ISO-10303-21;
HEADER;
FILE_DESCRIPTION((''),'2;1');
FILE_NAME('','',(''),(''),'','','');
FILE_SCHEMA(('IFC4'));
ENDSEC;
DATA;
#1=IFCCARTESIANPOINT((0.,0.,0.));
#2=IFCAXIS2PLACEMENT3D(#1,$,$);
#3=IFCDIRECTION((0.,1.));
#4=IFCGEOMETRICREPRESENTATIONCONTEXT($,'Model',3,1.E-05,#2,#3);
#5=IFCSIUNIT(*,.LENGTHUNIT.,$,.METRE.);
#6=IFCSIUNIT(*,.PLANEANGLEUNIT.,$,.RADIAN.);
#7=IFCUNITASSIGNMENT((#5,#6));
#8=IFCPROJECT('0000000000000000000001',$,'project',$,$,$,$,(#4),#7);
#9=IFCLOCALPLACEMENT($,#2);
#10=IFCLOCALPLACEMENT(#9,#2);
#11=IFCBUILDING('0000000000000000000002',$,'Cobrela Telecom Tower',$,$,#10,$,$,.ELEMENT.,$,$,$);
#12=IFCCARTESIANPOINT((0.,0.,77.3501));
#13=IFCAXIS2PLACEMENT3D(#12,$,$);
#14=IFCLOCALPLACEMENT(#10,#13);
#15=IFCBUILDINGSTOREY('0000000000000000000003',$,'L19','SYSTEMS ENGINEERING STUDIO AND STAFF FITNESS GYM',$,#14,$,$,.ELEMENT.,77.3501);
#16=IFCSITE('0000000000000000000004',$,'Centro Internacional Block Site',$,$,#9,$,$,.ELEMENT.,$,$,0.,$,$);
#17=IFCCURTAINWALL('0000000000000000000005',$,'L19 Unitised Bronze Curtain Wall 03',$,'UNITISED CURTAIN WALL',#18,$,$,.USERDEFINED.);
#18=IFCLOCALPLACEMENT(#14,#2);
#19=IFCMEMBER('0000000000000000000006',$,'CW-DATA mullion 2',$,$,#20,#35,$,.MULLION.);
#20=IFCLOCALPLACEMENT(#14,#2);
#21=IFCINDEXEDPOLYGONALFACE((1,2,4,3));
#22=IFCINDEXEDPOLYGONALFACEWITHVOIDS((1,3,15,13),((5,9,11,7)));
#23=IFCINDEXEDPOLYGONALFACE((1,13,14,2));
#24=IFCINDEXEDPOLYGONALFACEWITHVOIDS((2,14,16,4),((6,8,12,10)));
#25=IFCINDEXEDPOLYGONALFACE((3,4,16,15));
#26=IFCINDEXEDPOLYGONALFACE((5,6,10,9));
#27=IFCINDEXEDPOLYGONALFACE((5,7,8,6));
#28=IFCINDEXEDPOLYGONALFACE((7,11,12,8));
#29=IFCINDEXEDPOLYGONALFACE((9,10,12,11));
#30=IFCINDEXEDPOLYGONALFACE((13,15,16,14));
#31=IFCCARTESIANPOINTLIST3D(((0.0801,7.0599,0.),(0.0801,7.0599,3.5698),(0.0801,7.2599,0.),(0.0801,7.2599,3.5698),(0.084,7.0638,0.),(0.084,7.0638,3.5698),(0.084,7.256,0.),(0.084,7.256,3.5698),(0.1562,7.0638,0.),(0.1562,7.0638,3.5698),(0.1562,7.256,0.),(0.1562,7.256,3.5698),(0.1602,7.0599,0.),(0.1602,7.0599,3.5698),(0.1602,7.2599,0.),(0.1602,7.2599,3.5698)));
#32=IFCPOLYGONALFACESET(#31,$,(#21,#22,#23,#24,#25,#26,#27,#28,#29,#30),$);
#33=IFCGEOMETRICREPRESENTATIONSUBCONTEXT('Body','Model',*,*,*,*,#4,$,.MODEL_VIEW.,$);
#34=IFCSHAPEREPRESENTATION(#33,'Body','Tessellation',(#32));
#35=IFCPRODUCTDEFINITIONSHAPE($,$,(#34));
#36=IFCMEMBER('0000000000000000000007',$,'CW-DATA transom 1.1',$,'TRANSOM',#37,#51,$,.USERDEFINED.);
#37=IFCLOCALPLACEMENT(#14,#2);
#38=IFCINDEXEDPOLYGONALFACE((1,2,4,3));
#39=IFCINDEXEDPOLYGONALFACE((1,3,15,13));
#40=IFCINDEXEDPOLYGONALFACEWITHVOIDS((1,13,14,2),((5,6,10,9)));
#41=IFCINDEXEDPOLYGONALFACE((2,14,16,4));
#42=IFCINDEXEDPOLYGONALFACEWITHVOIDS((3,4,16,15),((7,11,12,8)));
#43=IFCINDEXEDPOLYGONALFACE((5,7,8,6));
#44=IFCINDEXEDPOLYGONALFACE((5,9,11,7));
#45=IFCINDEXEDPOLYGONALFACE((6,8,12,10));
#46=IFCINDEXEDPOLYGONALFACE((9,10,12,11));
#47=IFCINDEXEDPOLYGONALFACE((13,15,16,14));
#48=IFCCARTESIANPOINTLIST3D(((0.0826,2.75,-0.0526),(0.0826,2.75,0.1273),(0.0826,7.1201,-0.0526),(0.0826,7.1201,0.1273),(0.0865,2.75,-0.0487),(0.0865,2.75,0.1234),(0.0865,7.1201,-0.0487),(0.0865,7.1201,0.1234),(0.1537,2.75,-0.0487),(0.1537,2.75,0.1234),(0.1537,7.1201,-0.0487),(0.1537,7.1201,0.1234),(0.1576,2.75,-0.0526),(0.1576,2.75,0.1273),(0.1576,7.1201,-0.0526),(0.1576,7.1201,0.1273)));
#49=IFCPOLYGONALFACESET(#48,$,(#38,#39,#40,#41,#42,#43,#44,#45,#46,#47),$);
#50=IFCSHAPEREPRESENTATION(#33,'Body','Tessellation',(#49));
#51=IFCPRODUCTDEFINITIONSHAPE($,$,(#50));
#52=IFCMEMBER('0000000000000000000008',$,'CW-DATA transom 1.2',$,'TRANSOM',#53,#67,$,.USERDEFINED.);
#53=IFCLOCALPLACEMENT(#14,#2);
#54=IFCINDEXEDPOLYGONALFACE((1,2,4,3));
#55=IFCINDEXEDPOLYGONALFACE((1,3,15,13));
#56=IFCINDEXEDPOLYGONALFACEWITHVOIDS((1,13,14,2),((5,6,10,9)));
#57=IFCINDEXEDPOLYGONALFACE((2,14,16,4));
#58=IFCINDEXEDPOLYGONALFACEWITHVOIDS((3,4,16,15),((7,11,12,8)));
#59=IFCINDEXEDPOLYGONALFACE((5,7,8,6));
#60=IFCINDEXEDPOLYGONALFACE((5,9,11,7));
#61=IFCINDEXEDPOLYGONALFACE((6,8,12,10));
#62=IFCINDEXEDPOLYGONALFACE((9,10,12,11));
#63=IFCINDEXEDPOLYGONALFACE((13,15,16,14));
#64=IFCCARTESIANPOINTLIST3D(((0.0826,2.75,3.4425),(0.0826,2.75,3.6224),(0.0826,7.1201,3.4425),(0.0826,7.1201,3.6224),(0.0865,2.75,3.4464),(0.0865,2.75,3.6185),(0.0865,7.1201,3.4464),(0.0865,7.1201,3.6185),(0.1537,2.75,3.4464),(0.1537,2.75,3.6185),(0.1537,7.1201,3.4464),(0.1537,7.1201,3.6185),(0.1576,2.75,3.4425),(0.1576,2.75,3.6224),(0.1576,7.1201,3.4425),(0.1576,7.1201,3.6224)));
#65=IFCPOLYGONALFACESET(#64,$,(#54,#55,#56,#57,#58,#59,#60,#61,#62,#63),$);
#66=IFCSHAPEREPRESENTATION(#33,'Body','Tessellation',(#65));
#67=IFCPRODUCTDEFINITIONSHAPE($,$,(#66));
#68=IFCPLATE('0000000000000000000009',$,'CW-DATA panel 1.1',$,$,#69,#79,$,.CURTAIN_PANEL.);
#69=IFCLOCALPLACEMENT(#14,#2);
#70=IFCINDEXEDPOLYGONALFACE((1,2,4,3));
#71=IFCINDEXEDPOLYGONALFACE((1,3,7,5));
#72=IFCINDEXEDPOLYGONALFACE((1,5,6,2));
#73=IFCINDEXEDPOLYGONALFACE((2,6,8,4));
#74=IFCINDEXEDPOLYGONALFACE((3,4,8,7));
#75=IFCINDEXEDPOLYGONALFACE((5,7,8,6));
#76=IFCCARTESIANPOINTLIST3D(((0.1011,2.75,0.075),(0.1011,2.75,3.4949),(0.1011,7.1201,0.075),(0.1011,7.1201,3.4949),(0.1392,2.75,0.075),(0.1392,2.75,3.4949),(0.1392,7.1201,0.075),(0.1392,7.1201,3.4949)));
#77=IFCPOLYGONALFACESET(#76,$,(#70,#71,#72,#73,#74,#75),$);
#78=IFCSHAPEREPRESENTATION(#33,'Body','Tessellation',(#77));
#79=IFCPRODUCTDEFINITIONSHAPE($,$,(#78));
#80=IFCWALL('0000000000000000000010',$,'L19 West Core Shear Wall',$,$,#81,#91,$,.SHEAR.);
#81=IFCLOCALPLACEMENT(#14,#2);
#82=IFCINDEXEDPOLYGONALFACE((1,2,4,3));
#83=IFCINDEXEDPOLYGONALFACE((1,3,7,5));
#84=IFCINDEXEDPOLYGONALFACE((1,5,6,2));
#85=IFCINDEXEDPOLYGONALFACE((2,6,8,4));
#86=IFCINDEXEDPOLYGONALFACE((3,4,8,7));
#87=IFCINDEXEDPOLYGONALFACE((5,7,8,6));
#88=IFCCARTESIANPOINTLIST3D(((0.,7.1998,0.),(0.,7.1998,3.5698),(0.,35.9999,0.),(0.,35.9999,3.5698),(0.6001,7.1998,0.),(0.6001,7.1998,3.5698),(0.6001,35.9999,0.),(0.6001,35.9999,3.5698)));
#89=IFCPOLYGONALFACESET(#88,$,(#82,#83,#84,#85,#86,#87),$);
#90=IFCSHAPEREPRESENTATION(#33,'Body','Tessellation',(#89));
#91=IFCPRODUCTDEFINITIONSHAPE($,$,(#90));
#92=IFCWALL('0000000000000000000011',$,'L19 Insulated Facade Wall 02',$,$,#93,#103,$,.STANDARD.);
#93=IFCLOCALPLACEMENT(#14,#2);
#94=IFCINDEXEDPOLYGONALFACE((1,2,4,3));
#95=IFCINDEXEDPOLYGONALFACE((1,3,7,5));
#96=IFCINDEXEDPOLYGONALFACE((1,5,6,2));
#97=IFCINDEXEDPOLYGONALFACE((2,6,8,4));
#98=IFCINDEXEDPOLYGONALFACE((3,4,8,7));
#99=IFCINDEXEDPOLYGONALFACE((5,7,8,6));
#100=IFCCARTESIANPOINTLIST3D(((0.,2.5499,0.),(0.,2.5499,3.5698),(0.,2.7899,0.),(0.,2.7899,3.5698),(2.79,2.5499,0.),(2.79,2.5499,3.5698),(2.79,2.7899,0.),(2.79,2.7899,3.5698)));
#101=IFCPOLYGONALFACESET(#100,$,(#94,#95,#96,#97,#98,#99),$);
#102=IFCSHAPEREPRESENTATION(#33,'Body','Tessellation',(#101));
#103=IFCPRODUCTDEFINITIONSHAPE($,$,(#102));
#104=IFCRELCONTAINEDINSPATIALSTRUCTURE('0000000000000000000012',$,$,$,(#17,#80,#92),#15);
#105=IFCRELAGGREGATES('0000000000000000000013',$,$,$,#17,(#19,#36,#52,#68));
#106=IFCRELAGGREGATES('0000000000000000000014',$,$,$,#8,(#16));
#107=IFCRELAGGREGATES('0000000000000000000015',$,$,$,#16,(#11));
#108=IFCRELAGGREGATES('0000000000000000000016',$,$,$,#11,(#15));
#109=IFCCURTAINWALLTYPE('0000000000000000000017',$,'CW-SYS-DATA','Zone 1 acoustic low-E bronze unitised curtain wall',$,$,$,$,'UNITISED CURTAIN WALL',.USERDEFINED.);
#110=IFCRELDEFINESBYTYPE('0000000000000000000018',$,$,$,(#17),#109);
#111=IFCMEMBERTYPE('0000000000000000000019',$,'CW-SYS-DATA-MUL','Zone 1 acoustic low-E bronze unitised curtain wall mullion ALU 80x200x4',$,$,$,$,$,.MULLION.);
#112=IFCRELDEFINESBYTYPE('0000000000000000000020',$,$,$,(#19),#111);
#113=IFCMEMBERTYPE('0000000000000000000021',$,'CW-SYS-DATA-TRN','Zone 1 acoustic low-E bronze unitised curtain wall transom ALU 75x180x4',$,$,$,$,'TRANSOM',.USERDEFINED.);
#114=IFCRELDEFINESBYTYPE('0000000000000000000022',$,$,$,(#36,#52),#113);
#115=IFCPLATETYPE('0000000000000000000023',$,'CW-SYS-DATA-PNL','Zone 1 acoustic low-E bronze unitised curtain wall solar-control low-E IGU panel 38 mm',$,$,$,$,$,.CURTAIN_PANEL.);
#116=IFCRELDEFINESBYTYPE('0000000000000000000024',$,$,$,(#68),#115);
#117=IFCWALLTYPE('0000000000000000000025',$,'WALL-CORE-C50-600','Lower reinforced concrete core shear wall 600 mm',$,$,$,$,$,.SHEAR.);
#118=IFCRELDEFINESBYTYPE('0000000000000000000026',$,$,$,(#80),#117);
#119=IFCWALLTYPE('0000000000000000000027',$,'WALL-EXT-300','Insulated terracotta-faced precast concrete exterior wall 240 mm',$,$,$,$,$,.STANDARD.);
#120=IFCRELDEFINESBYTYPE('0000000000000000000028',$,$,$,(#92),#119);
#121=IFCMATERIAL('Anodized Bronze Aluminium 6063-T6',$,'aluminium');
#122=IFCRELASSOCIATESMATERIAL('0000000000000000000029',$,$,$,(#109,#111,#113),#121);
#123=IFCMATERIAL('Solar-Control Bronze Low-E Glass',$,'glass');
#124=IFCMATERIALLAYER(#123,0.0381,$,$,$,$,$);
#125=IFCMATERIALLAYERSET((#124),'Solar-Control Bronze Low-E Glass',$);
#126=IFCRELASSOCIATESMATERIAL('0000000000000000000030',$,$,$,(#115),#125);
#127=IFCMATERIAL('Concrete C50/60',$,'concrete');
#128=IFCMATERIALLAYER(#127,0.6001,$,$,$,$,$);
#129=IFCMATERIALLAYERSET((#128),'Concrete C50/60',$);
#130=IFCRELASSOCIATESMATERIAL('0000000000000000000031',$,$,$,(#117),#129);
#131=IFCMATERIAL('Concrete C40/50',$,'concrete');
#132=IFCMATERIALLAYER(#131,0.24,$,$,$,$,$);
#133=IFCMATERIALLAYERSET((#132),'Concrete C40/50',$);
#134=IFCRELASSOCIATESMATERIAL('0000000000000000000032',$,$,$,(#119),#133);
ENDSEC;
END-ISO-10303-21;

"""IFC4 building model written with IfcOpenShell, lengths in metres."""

from ifc_helpers import new_model, si_unit, direction, frame, frame_2d, origin, origin_2d, place, context, subcontext, project, spatial, rectangle, hollow_rectangle, extrude, material, layer, layer_set, material_profile, profile_set, type_object, element, aggregate, save


model = new_model("IFC4")

# Units and contexts
model_context = context("Model", 3, precision=1e-05, world=origin(), true_north=direction((0.0, 1.0)))
body_context = subcontext(model_context, "Body", "Model", "MODEL_VIEW")
ifc_project = project(units=[si_unit("LENGTHUNIT", "METRE"), si_unit("PLANEANGLEUNIT", "RADIAN")], contexts=[model_context])

# Site, building, storey
site_placement = place(None, origin())
site = spatial("IfcSite", under=ifc_project, at=site_placement, Name="Centro Internacional Block Site", CompositionType="ELEMENT", RefElevation=0.0)
building_placement = place(site_placement, origin())
building = spatial("IfcBuilding", under=site, at=building_placement, Name="Cobrela Telecom Tower", CompositionType="ELEMENT")
storey_placement = place(building_placement, frame((0.0, 0.0, 77.3501)))
storey = spatial("IfcBuildingStorey", under=building, at=storey_placement, Name="L19", Description="SYSTEMS ENGINEERING STUDIO AND STAFF FITNESS GYM", CompositionType="ELEMENT", Elevation=77.3501)

# Curtain wall, members, plate
ifc_material_1 = material(Name="Anodized Bronze Aluminium 6063-T6", Category="aluminium")
curtain_wall_type = type_object("IfcCurtainWallType", Name="CW-SYS-DATA", Description="Zone 1 acoustic low-E bronze unitised curtain wall", ElementType="UNITISED CURTAIN WALL", PredefinedType="USERDEFINED", material=ifc_material_1)
curtain_wall_placement = place(storey_placement, origin())
curtain_wall = element("IfcCurtainWall", 1, at=curtain_wall_placement, inside=storey, type_object=curtain_wall_type, Name="L19 Unitised Bronze Curtain Wall 03", ObjectType="UNITISED CURTAIN WALL", PredefinedType="USERDEFINED")
ifc_material_profile_1 = material_profile(ifc_material_1, hollow_rectangle(XDim=0.0801, YDim=0.2, WallThickness=0.0039, at=origin_2d()), Name="ALU 80x200x4")
ifc_profile_set_1 = profile_set([ifc_material_profile_1], Name="Anodized Bronze Aluminium 6063-T6")
member_type_1 = type_object("IfcMemberType", Name="CW-SYS-DATA-MUL", Description="Zone 1 acoustic low-E bronze unitised curtain wall mullion ALU 80x200x4", PredefinedType="MULLION", material=ifc_profile_set_1)
member_1_placement = place(storey_placement, frame((0.1201, 7.1599, 0.0), z_axis=(0.0, 0.0, 1.0), x_axis=(-1.0, 0.0, 0.0)))
member_1 = element("IfcMember", 2, at=member_1_placement, type_object=member_type_1, Name="CW-DATA mullion 2", PredefinedType="MULLION", context=body_context, shape_type="SweptSolid", body=[
    extrude(hollow_rectangle(XDim=0.0801, YDim=0.2, WallThickness=0.0039, at=origin_2d()), origin(), (0.0, 0.0, 1.0), 3.5698),
])
ifc_material_profile_2 = material_profile(ifc_material_1, hollow_rectangle(XDim=0.075, YDim=0.1799, WallThickness=0.0039, at=origin_2d()), Name="ALU 75x180x4")
ifc_profile_set_2 = profile_set([ifc_material_profile_2], Name="Anodized Bronze Aluminium 6063-T6")
member_type_2 = type_object("IfcMemberType", Name="CW-SYS-DATA-TRN", Description="Zone 1 acoustic low-E bronze unitised curtain wall transom ALU 75x180x4", ElementType="TRANSOM", PredefinedType="USERDEFINED", material=ifc_profile_set_2)
member_2_placement = place(storey_placement, frame((0.1201, 2.75, 0.0374), z_axis=(0.0, 1.0, 0.0), x_axis=(-1.0, 0.0, 0.0)))
member_2 = element("IfcMember", 3, at=member_2_placement, type_object=member_type_2, Name="CW-DATA transom 1.1", ObjectType="TRANSOM", PredefinedType="USERDEFINED", context=body_context, shape_type="SweptSolid", body=[
    extrude(hollow_rectangle(XDim=0.075, YDim=0.1799, WallThickness=0.0039, at=origin_2d()), origin(), (0.0, 0.0, 1.0), 4.3701),
])
member_3_placement = place(storey_placement, frame((0.1201, 2.75, 3.5325), z_axis=(0.0, 1.0, 0.0), x_axis=(-1.0, 0.0, 0.0)))
member_3 = element("IfcMember", 4, at=member_3_placement, type_object=member_type_2, Name="CW-DATA transom 1.2", ObjectType="TRANSOM", PredefinedType="USERDEFINED", context=body_context, shape_type="SweptSolid", body=[
    extrude(hollow_rectangle(XDim=0.075, YDim=0.1799, WallThickness=0.0039, at=origin_2d()), origin(), (0.0, 0.0, 1.0), 4.3701),
])
ifc_material_2 = material(Name="Solar-Control Bronze Low-E Glass", Category="glass")
ifc_layer_1 = layer(ifc_material_2, 0.0381)
ifc_layer_set_1 = layer_set([ifc_layer_1], Name="Solar-Control Bronze Low-E Glass")
plate_type = type_object("IfcPlateType", Name="CW-SYS-DATA-PNL", Description="Zone 1 acoustic low-E bronze unitised curtain wall solar-control low-E IGU panel 38 mm", PredefinedType="CURTAIN_PANEL", material=ifc_layer_set_1)
plate_placement = place(storey_placement, frame((0.1201, 4.9351, 0.075), z_axis=(0.0, 0.0, 1.0), x_axis=(0.0, 1.0, 0.0)))
plate = element("IfcPlate", 5, at=plate_placement, type_object=plate_type, Name="CW-DATA panel 1.1", PredefinedType="CURTAIN_PANEL", context=body_context, shape_type="SweptSolid", body=[
    extrude(rectangle(XDim=4.3701, YDim=0.0381, at=origin_2d()), origin(), (0.0, 0.0, 1.0), 3.4199),
])
aggregate(curtain_wall, [member_1, member_2, member_3, plate])

# Walls
ifc_material_3 = material(Name="Concrete C50/60", Category="concrete")
ifc_layer_2 = layer(ifc_material_3, 0.6001)
ifc_layer_set_2 = layer_set([ifc_layer_2], Name="Concrete C50/60")
wall_type_1 = type_object("IfcWallType", Name="WALL-CORE-C50-600", Description="Lower reinforced concrete core shear wall 600 mm", PredefinedType="SHEAR", material=ifc_layer_set_2)
wall_1_placement = place(storey_placement, frame((0.3, 7.2, 0.0), z_axis=(0.0, 0.0, 1.0), x_axis=(0.0, 1.0, 0.0)))
element("IfcWall", 6, at=wall_1_placement, inside=storey, type_object=wall_type_1, Name="L19 West Core Shear Wall", PredefinedType="SHEAR", context=body_context, shape_type="SweptSolid", body=[
    extrude(rectangle(XDim=28.8, YDim=0.6001, at=frame_2d((14.3999, 0.0))), origin(), (0.0, 0.0, 1.0), 3.5698),
])
ifc_material_4 = material(Name="Concrete C40/50", Category="concrete")
ifc_layer_3 = layer(ifc_material_4, 0.24)
ifc_layer_set_3 = layer_set([ifc_layer_3], Name="Concrete C40/50")
wall_type_2 = type_object("IfcWallType", Name="WALL-EXT-300", Description="Insulated terracotta-faced precast concrete exterior wall 240 mm", PredefinedType="STANDARD", material=ifc_layer_set_3)
wall_2_placement = place(storey_placement, frame((2.79, 2.6699, 0.0), z_axis=(0.0, 0.0, 1.0), x_axis=(-1.0, 0.0, 0.0)))
element("IfcWall", 7, at=wall_2_placement, inside=storey, type_object=wall_type_2, Name="L19 Insulated Facade Wall 02", PredefinedType="STANDARD", context=body_context, shape_type="SweptSolid", body=[
    extrude(rectangle(XDim=2.79, YDim=0.24, at=frame_2d((1.395, 0.0))), origin(), (0.0, 0.0, 1.0), 3.5698),
])

save(model, "model.ifc")
